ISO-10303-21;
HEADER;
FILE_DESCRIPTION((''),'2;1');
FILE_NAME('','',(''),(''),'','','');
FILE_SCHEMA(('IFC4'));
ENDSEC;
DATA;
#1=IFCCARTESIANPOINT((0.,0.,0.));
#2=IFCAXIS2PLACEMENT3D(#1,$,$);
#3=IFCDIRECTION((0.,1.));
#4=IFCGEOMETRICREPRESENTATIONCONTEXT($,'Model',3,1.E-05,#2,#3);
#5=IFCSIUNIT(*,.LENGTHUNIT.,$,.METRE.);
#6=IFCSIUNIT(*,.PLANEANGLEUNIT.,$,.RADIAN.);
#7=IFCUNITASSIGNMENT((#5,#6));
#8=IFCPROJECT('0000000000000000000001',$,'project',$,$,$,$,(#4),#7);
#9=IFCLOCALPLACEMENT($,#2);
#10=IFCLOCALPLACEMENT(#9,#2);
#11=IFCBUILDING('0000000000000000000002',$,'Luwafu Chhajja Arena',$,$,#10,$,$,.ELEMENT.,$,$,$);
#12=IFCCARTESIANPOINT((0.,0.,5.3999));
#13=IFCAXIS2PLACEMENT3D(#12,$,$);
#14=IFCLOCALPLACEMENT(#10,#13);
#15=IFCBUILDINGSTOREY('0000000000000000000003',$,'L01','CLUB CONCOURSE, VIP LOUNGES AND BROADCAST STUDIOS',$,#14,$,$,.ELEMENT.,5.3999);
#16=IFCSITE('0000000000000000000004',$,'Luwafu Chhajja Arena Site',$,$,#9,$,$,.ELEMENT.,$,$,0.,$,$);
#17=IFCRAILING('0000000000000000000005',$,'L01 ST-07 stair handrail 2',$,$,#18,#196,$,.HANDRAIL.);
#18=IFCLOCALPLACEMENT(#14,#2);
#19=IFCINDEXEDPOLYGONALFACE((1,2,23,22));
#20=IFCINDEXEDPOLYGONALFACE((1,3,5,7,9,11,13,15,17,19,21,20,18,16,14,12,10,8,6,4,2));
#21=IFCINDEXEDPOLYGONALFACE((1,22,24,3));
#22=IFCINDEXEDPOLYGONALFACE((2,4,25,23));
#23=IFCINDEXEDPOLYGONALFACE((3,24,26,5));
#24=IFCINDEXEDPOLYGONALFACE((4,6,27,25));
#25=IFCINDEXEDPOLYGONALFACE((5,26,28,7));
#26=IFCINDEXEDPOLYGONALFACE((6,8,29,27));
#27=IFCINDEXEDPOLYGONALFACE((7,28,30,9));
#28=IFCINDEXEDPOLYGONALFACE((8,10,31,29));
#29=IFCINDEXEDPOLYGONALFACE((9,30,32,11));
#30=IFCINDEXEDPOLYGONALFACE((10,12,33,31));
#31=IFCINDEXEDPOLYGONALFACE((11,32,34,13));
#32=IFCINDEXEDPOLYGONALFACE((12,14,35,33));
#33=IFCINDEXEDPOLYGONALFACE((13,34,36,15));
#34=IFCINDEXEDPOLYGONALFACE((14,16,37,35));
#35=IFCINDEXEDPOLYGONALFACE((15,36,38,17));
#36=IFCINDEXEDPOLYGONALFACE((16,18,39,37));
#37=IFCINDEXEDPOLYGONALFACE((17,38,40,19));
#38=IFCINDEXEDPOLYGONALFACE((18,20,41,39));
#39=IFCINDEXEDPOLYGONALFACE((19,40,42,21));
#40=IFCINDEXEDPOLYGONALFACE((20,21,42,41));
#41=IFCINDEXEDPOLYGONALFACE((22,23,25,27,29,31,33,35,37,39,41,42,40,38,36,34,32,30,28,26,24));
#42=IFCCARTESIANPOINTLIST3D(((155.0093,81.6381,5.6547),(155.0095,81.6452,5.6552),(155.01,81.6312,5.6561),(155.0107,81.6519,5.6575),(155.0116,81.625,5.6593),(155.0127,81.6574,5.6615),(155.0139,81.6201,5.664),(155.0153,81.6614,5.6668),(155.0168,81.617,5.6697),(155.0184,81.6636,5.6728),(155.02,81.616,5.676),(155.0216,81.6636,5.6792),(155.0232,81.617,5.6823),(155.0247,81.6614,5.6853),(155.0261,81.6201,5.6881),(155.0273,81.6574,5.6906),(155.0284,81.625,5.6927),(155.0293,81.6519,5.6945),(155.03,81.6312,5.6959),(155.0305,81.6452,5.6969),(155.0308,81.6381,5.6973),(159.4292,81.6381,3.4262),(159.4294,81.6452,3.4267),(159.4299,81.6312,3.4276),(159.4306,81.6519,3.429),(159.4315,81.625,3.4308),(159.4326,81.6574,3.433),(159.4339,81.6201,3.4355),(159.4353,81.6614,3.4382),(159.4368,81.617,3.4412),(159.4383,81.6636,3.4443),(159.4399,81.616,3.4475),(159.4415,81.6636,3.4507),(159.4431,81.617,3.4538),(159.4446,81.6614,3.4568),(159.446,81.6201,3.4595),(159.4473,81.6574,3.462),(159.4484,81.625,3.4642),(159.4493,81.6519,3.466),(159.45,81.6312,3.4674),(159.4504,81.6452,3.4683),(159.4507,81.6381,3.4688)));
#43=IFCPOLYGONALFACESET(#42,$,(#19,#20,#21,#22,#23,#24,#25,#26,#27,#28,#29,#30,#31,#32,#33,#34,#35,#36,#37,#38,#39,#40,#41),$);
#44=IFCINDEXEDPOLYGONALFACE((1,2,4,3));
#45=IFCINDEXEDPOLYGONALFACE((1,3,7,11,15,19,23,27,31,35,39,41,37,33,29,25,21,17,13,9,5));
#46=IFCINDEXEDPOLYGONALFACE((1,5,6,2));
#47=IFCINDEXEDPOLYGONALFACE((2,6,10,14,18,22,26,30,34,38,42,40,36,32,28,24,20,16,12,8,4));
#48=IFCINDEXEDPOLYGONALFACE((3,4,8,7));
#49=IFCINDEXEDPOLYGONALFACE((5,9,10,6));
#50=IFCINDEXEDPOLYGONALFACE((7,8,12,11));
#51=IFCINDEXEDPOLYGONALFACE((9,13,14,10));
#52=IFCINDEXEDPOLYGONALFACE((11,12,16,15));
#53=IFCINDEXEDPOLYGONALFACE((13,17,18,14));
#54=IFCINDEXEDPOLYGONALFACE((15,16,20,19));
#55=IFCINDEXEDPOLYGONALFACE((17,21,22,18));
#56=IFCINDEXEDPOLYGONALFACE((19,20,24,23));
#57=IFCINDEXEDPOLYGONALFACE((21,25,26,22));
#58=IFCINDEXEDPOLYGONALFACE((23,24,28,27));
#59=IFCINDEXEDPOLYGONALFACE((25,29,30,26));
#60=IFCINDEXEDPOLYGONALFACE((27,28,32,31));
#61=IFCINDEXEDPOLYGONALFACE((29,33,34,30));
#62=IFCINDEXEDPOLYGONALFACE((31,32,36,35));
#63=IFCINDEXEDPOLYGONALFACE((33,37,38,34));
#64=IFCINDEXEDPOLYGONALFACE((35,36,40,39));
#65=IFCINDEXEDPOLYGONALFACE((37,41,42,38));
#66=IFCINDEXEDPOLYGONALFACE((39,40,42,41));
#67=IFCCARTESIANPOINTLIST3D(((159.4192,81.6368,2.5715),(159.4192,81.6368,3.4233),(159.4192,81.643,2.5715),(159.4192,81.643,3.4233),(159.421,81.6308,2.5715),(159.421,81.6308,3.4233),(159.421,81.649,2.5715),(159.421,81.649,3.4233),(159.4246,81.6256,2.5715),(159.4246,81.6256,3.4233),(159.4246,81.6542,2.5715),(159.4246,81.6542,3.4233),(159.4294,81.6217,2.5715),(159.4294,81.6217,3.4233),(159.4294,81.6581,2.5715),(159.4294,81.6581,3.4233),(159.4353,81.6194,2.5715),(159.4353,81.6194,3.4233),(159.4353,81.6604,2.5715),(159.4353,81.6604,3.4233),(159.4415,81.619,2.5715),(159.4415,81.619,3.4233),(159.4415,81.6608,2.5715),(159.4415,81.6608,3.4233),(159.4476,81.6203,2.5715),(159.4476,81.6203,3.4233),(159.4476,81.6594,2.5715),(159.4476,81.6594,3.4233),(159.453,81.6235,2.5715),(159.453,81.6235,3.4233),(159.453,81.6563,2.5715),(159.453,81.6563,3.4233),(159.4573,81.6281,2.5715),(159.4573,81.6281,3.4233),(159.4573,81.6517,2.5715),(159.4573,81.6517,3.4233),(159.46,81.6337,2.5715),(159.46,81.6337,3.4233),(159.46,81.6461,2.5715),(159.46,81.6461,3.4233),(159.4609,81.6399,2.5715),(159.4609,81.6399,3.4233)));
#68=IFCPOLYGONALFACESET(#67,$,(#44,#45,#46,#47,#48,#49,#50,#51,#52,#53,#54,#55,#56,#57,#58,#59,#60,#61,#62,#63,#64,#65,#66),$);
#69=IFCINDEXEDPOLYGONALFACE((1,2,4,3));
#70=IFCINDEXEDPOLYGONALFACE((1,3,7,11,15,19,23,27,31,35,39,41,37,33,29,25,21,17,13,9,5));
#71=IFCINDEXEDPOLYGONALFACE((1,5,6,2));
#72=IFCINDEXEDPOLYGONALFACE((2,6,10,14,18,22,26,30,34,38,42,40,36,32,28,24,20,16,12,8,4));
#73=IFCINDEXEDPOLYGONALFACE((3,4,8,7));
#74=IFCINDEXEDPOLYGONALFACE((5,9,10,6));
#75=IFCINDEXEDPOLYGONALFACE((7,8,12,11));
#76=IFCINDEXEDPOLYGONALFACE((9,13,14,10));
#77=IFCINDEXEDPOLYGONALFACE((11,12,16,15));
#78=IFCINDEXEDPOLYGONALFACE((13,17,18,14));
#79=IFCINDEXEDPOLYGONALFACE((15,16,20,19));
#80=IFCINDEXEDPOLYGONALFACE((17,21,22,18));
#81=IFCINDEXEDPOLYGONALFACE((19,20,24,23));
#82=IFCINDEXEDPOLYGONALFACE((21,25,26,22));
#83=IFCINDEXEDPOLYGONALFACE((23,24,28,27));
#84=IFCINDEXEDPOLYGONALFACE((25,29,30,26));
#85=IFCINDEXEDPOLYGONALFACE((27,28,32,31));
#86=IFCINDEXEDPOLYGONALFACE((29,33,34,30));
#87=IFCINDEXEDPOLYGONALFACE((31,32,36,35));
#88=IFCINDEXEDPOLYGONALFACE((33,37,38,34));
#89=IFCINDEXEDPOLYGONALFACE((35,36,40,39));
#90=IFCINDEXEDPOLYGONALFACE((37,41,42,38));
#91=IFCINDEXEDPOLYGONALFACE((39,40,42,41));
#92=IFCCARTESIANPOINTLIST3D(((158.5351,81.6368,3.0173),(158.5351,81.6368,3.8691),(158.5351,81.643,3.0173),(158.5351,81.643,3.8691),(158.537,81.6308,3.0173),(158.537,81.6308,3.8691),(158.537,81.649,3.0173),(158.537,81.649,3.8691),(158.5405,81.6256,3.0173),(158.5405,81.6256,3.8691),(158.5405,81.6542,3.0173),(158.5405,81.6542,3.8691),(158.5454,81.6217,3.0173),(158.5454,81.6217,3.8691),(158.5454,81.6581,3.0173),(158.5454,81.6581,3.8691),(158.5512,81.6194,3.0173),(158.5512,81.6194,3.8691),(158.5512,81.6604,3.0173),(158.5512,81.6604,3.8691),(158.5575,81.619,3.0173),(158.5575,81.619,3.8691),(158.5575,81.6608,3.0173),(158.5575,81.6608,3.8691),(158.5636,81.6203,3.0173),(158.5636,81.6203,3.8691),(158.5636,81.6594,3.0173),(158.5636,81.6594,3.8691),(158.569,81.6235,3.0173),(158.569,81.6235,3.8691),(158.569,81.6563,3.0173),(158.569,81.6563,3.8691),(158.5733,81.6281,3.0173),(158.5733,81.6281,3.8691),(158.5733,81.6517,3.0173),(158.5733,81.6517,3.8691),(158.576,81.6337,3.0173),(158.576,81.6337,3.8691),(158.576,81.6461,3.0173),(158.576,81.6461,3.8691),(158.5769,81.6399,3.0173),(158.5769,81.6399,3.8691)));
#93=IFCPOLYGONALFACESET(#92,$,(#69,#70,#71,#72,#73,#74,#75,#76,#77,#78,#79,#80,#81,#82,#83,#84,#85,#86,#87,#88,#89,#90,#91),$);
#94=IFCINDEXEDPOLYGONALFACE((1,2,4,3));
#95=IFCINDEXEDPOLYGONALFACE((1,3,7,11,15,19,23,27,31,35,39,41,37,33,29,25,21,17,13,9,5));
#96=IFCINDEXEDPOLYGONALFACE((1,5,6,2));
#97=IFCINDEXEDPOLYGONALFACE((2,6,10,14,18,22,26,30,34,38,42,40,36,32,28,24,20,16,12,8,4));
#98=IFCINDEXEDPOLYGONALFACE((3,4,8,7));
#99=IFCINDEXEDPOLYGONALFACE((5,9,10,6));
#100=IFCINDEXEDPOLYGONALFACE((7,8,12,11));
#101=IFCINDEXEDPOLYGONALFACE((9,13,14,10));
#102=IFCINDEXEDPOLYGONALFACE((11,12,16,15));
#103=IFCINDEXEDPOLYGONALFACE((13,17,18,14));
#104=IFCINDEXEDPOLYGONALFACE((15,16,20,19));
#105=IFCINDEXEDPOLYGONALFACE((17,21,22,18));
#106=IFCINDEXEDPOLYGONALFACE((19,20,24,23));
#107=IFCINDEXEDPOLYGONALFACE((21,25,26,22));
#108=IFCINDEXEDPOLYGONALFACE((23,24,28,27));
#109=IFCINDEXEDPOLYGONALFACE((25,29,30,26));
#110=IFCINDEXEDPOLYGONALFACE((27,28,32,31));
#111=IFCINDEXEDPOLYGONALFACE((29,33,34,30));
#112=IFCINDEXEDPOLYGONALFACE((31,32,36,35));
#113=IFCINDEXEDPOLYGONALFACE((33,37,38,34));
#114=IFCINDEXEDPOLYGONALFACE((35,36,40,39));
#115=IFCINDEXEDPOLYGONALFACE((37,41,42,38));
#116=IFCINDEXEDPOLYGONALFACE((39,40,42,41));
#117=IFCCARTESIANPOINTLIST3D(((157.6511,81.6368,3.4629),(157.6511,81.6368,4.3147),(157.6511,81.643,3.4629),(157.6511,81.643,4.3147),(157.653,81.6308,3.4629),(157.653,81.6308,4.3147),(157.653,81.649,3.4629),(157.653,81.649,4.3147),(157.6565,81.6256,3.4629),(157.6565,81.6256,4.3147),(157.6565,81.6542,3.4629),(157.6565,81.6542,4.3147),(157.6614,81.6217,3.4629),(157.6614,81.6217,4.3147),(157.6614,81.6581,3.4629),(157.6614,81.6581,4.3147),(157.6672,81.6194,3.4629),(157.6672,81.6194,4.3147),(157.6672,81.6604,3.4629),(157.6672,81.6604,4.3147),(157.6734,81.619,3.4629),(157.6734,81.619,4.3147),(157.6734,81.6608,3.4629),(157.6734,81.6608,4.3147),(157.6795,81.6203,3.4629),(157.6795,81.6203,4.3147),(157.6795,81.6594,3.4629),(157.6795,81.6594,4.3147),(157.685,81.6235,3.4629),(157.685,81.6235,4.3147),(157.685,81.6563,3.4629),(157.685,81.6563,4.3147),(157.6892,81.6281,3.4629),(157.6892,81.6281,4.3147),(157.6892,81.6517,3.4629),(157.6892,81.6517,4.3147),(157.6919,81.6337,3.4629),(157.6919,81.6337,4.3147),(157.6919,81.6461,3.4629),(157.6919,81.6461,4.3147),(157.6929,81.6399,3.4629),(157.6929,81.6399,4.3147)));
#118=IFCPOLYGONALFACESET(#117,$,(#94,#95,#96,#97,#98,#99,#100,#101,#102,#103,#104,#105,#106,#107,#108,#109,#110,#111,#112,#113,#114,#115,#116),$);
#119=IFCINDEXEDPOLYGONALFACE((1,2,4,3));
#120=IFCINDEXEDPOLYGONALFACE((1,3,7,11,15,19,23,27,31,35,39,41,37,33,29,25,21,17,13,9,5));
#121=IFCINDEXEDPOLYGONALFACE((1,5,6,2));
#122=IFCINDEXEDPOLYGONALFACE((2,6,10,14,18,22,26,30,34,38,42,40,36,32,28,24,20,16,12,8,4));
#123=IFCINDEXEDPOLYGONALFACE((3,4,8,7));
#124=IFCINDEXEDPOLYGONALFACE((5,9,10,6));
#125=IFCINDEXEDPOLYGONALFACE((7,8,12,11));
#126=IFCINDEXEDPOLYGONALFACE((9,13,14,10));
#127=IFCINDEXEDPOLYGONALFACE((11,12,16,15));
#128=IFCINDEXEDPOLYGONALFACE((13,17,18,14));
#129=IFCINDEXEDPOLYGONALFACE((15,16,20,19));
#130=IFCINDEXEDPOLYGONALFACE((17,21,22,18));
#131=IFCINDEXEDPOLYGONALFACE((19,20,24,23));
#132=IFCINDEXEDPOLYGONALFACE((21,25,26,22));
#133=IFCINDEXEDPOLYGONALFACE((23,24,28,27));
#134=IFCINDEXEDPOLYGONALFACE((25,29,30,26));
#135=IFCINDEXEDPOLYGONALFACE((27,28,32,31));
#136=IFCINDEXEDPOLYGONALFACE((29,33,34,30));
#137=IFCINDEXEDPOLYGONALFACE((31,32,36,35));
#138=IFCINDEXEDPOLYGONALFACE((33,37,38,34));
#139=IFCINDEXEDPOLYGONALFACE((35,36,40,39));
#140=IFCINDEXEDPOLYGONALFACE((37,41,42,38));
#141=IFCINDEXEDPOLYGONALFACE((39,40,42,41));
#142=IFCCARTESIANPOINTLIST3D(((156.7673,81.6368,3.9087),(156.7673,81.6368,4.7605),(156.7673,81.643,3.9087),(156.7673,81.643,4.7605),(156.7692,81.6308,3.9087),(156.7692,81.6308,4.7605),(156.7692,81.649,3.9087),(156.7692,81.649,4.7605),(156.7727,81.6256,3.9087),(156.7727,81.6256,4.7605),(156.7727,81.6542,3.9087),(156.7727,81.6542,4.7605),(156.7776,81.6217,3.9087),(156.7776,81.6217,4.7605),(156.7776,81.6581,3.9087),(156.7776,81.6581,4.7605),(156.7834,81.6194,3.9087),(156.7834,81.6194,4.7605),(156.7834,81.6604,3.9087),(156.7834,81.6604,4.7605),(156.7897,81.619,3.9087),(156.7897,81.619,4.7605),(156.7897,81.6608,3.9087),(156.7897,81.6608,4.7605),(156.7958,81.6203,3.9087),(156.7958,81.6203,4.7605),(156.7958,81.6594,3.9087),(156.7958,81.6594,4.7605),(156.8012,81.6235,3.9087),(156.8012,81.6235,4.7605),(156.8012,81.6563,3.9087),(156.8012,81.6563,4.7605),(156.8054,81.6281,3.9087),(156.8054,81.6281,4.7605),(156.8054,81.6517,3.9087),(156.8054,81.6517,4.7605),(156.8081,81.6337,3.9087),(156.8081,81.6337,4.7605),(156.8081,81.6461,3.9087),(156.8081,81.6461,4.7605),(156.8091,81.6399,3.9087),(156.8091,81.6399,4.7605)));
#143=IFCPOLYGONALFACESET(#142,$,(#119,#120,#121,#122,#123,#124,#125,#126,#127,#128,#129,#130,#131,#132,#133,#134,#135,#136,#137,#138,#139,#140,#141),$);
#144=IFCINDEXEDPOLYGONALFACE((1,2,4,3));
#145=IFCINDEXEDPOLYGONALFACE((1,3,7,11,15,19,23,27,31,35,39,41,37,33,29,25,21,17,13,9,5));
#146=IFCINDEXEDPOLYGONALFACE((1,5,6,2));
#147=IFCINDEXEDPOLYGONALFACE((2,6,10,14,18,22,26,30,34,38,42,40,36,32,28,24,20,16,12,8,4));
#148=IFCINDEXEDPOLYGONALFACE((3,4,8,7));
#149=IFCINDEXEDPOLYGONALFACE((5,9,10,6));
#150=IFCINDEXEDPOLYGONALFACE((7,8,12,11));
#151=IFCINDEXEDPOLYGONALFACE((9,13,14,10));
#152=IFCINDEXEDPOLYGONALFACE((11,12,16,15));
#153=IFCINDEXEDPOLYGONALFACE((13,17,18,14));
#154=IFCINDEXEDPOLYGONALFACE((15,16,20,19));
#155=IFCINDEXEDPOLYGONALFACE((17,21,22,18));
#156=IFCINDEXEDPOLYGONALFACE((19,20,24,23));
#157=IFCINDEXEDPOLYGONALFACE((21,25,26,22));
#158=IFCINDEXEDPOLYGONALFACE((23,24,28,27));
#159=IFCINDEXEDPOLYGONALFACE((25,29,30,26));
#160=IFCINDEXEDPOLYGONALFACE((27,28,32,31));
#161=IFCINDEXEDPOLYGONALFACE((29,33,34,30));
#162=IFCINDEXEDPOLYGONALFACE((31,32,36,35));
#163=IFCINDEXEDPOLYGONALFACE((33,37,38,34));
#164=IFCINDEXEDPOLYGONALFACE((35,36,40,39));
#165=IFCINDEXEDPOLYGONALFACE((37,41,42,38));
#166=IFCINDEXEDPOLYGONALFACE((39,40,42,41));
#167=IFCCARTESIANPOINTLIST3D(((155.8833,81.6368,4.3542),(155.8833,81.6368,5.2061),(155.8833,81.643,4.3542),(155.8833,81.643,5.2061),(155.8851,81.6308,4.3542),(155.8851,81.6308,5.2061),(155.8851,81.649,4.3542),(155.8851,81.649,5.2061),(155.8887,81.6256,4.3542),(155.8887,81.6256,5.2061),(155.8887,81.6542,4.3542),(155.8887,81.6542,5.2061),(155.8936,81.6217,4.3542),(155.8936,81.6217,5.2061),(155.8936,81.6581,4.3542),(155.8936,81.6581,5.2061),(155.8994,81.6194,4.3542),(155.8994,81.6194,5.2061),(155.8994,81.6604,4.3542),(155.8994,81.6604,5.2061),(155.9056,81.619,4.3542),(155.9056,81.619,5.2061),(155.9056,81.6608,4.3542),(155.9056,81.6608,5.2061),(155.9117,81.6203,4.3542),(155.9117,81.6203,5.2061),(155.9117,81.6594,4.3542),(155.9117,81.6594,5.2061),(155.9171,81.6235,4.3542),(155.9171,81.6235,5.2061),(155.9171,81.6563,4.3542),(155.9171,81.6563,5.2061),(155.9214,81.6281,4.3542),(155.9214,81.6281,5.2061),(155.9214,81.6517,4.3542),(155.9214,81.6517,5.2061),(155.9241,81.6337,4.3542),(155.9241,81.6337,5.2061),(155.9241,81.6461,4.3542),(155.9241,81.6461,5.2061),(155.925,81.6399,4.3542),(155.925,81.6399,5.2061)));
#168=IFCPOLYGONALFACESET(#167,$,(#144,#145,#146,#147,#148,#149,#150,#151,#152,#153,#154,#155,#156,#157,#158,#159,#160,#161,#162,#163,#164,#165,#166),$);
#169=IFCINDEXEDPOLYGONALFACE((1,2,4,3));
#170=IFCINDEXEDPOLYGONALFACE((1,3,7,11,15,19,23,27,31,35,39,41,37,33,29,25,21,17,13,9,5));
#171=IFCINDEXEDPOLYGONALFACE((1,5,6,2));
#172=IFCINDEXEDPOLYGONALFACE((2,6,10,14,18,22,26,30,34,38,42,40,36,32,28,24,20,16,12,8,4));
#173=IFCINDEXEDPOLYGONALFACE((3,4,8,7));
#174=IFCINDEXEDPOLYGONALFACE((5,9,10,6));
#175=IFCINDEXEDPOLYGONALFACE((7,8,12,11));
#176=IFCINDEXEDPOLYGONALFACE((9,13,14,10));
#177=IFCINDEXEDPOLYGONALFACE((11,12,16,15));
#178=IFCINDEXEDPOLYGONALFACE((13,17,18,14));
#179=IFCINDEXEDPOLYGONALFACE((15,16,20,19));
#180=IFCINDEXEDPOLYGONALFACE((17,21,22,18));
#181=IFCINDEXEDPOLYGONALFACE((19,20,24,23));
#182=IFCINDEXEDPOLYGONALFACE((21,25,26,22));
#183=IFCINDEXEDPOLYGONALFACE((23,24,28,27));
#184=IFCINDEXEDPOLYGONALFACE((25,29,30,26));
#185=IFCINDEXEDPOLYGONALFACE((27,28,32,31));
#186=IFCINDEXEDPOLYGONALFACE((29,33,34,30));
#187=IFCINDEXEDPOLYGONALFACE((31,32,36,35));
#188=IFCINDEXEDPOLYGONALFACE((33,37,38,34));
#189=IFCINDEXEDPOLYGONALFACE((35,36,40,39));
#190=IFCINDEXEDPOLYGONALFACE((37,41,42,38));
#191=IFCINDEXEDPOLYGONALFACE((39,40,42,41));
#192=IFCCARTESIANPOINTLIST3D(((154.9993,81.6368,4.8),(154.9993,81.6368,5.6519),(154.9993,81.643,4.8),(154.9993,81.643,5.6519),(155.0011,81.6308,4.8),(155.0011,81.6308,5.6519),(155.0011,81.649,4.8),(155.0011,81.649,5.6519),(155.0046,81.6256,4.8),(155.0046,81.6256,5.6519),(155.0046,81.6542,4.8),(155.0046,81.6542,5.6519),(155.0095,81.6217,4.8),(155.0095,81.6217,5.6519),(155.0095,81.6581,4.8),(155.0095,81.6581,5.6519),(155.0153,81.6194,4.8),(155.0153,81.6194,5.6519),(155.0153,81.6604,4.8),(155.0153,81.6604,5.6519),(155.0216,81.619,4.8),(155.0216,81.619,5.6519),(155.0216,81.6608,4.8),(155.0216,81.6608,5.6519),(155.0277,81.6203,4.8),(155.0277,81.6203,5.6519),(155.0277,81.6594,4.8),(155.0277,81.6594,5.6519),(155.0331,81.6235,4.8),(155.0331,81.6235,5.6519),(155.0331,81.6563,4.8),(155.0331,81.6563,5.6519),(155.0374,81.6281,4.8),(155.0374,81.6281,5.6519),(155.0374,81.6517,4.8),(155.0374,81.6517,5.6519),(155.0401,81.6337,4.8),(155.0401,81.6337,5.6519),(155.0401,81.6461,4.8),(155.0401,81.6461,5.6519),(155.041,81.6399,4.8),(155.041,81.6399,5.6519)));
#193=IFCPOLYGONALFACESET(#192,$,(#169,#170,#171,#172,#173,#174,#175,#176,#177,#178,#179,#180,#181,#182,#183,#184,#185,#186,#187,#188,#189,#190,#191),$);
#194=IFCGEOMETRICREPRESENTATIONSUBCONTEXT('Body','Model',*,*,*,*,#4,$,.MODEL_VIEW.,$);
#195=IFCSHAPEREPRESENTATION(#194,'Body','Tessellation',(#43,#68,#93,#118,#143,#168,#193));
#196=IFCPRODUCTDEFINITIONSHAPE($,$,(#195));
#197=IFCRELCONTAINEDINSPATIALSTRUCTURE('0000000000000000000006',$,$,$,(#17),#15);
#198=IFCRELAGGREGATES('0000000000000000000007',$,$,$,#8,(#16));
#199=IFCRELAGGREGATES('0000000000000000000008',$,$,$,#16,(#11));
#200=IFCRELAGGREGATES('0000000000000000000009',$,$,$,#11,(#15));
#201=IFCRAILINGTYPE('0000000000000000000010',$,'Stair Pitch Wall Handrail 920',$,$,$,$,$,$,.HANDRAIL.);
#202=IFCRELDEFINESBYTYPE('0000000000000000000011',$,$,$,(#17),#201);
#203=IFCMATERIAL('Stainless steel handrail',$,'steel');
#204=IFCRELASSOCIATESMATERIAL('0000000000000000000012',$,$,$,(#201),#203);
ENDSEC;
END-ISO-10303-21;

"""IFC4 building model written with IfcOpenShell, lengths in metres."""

from ifc_helpers import new_model, si_unit, direction, frame, origin, origin_2d, place, context, subcontext, project, spatial, circle, extrude, material, type_object, element, save


model = new_model("IFC4")

# Units and contexts
model_context = context("Model", 3, precision=1e-05, world=origin(), true_north=direction((0.0, 1.0)))
body_context = subcontext(model_context, "Body", "Model", "MODEL_VIEW")
ifc_project = project(units=[si_unit("LENGTHUNIT", "METRE"), si_unit("PLANEANGLEUNIT", "RADIAN")], contexts=[model_context])

# Site, building, storey
site_placement = place(None, origin())
site = spatial("IfcSite", under=ifc_project, at=site_placement, Name="Luwafu Chhajja Arena Site", CompositionType="ELEMENT", RefElevation=0.0)
building_placement = place(site_placement, origin())
building = spatial("IfcBuilding", under=site, at=building_placement, Name="Luwafu Chhajja Arena", CompositionType="ELEMENT")
storey_placement = place(building_placement, frame((0.0, 0.0, 5.3999)))
storey = spatial("IfcBuildingStorey", under=building, at=storey_placement, Name="L01", Description="CLUB CONCOURSE, VIP LOUNGES AND BROADCAST STUDIOS", CompositionType="ELEMENT", Elevation=5.3999)

# Railing
ifc_material_1 = material(Name="Stainless steel handrail", Category="steel")
railing_type_1 = type_object("IfcRailingType", Name="Stair Pitch Wall Handrail 920", PredefinedType="HANDRAIL", material=ifc_material_1)
for number, where, name in (
    (1, (159.4399, 81.6399, 2.5715), "L01 ST-07 stair handrail 2"),
):
    element("IfcRailing", number, at=place(storey_placement, frame(where)), inside=storey, type_object=railing_type_1, Name=name, PredefinedType="HANDRAIL", context=body_context, shape_type="SweptSolid", body=[
        extrude(circle(Radius=0.0239, at=origin_2d()), frame((0.0, 0.0, 0.876), z_axis=(-0.892923, 0.0, 0.45021), x_axis=(0.0, -1.0, 0.0)), (0.0, 0.0, 1.0), 4.95),
        extrude(circle(Radius=0.021, at=origin_2d()), origin(), (0.0, 0.0, 1.0), 0.8518),
        extrude(circle(Radius=0.021, at=origin_2d()), frame((-0.884, 0.0, 0.4458)), (0.0, 0.0, 1.0), 0.8518),
        extrude(circle(Radius=0.021, at=origin_2d()), frame((-1.7681, 0.0, 0.8914)), (0.0, 0.0, 1.0), 0.8518),
        extrude(circle(Radius=0.021, at=origin_2d()), frame((-2.6519, 0.0, 1.3372)), (0.0, 0.0, 1.0), 0.8518),
        extrude(circle(Radius=0.021, at=origin_2d()), frame((-3.5359, 0.0, 1.7827)), (0.0, 0.0, 1.0), 0.8518),
        extrude(circle(Radius=0.021, at=origin_2d()), frame((-4.4199, 0.0, 2.2285)), (0.0, 0.0, 1.0), 0.8518),
    ])

save(model, "model.ifc")
